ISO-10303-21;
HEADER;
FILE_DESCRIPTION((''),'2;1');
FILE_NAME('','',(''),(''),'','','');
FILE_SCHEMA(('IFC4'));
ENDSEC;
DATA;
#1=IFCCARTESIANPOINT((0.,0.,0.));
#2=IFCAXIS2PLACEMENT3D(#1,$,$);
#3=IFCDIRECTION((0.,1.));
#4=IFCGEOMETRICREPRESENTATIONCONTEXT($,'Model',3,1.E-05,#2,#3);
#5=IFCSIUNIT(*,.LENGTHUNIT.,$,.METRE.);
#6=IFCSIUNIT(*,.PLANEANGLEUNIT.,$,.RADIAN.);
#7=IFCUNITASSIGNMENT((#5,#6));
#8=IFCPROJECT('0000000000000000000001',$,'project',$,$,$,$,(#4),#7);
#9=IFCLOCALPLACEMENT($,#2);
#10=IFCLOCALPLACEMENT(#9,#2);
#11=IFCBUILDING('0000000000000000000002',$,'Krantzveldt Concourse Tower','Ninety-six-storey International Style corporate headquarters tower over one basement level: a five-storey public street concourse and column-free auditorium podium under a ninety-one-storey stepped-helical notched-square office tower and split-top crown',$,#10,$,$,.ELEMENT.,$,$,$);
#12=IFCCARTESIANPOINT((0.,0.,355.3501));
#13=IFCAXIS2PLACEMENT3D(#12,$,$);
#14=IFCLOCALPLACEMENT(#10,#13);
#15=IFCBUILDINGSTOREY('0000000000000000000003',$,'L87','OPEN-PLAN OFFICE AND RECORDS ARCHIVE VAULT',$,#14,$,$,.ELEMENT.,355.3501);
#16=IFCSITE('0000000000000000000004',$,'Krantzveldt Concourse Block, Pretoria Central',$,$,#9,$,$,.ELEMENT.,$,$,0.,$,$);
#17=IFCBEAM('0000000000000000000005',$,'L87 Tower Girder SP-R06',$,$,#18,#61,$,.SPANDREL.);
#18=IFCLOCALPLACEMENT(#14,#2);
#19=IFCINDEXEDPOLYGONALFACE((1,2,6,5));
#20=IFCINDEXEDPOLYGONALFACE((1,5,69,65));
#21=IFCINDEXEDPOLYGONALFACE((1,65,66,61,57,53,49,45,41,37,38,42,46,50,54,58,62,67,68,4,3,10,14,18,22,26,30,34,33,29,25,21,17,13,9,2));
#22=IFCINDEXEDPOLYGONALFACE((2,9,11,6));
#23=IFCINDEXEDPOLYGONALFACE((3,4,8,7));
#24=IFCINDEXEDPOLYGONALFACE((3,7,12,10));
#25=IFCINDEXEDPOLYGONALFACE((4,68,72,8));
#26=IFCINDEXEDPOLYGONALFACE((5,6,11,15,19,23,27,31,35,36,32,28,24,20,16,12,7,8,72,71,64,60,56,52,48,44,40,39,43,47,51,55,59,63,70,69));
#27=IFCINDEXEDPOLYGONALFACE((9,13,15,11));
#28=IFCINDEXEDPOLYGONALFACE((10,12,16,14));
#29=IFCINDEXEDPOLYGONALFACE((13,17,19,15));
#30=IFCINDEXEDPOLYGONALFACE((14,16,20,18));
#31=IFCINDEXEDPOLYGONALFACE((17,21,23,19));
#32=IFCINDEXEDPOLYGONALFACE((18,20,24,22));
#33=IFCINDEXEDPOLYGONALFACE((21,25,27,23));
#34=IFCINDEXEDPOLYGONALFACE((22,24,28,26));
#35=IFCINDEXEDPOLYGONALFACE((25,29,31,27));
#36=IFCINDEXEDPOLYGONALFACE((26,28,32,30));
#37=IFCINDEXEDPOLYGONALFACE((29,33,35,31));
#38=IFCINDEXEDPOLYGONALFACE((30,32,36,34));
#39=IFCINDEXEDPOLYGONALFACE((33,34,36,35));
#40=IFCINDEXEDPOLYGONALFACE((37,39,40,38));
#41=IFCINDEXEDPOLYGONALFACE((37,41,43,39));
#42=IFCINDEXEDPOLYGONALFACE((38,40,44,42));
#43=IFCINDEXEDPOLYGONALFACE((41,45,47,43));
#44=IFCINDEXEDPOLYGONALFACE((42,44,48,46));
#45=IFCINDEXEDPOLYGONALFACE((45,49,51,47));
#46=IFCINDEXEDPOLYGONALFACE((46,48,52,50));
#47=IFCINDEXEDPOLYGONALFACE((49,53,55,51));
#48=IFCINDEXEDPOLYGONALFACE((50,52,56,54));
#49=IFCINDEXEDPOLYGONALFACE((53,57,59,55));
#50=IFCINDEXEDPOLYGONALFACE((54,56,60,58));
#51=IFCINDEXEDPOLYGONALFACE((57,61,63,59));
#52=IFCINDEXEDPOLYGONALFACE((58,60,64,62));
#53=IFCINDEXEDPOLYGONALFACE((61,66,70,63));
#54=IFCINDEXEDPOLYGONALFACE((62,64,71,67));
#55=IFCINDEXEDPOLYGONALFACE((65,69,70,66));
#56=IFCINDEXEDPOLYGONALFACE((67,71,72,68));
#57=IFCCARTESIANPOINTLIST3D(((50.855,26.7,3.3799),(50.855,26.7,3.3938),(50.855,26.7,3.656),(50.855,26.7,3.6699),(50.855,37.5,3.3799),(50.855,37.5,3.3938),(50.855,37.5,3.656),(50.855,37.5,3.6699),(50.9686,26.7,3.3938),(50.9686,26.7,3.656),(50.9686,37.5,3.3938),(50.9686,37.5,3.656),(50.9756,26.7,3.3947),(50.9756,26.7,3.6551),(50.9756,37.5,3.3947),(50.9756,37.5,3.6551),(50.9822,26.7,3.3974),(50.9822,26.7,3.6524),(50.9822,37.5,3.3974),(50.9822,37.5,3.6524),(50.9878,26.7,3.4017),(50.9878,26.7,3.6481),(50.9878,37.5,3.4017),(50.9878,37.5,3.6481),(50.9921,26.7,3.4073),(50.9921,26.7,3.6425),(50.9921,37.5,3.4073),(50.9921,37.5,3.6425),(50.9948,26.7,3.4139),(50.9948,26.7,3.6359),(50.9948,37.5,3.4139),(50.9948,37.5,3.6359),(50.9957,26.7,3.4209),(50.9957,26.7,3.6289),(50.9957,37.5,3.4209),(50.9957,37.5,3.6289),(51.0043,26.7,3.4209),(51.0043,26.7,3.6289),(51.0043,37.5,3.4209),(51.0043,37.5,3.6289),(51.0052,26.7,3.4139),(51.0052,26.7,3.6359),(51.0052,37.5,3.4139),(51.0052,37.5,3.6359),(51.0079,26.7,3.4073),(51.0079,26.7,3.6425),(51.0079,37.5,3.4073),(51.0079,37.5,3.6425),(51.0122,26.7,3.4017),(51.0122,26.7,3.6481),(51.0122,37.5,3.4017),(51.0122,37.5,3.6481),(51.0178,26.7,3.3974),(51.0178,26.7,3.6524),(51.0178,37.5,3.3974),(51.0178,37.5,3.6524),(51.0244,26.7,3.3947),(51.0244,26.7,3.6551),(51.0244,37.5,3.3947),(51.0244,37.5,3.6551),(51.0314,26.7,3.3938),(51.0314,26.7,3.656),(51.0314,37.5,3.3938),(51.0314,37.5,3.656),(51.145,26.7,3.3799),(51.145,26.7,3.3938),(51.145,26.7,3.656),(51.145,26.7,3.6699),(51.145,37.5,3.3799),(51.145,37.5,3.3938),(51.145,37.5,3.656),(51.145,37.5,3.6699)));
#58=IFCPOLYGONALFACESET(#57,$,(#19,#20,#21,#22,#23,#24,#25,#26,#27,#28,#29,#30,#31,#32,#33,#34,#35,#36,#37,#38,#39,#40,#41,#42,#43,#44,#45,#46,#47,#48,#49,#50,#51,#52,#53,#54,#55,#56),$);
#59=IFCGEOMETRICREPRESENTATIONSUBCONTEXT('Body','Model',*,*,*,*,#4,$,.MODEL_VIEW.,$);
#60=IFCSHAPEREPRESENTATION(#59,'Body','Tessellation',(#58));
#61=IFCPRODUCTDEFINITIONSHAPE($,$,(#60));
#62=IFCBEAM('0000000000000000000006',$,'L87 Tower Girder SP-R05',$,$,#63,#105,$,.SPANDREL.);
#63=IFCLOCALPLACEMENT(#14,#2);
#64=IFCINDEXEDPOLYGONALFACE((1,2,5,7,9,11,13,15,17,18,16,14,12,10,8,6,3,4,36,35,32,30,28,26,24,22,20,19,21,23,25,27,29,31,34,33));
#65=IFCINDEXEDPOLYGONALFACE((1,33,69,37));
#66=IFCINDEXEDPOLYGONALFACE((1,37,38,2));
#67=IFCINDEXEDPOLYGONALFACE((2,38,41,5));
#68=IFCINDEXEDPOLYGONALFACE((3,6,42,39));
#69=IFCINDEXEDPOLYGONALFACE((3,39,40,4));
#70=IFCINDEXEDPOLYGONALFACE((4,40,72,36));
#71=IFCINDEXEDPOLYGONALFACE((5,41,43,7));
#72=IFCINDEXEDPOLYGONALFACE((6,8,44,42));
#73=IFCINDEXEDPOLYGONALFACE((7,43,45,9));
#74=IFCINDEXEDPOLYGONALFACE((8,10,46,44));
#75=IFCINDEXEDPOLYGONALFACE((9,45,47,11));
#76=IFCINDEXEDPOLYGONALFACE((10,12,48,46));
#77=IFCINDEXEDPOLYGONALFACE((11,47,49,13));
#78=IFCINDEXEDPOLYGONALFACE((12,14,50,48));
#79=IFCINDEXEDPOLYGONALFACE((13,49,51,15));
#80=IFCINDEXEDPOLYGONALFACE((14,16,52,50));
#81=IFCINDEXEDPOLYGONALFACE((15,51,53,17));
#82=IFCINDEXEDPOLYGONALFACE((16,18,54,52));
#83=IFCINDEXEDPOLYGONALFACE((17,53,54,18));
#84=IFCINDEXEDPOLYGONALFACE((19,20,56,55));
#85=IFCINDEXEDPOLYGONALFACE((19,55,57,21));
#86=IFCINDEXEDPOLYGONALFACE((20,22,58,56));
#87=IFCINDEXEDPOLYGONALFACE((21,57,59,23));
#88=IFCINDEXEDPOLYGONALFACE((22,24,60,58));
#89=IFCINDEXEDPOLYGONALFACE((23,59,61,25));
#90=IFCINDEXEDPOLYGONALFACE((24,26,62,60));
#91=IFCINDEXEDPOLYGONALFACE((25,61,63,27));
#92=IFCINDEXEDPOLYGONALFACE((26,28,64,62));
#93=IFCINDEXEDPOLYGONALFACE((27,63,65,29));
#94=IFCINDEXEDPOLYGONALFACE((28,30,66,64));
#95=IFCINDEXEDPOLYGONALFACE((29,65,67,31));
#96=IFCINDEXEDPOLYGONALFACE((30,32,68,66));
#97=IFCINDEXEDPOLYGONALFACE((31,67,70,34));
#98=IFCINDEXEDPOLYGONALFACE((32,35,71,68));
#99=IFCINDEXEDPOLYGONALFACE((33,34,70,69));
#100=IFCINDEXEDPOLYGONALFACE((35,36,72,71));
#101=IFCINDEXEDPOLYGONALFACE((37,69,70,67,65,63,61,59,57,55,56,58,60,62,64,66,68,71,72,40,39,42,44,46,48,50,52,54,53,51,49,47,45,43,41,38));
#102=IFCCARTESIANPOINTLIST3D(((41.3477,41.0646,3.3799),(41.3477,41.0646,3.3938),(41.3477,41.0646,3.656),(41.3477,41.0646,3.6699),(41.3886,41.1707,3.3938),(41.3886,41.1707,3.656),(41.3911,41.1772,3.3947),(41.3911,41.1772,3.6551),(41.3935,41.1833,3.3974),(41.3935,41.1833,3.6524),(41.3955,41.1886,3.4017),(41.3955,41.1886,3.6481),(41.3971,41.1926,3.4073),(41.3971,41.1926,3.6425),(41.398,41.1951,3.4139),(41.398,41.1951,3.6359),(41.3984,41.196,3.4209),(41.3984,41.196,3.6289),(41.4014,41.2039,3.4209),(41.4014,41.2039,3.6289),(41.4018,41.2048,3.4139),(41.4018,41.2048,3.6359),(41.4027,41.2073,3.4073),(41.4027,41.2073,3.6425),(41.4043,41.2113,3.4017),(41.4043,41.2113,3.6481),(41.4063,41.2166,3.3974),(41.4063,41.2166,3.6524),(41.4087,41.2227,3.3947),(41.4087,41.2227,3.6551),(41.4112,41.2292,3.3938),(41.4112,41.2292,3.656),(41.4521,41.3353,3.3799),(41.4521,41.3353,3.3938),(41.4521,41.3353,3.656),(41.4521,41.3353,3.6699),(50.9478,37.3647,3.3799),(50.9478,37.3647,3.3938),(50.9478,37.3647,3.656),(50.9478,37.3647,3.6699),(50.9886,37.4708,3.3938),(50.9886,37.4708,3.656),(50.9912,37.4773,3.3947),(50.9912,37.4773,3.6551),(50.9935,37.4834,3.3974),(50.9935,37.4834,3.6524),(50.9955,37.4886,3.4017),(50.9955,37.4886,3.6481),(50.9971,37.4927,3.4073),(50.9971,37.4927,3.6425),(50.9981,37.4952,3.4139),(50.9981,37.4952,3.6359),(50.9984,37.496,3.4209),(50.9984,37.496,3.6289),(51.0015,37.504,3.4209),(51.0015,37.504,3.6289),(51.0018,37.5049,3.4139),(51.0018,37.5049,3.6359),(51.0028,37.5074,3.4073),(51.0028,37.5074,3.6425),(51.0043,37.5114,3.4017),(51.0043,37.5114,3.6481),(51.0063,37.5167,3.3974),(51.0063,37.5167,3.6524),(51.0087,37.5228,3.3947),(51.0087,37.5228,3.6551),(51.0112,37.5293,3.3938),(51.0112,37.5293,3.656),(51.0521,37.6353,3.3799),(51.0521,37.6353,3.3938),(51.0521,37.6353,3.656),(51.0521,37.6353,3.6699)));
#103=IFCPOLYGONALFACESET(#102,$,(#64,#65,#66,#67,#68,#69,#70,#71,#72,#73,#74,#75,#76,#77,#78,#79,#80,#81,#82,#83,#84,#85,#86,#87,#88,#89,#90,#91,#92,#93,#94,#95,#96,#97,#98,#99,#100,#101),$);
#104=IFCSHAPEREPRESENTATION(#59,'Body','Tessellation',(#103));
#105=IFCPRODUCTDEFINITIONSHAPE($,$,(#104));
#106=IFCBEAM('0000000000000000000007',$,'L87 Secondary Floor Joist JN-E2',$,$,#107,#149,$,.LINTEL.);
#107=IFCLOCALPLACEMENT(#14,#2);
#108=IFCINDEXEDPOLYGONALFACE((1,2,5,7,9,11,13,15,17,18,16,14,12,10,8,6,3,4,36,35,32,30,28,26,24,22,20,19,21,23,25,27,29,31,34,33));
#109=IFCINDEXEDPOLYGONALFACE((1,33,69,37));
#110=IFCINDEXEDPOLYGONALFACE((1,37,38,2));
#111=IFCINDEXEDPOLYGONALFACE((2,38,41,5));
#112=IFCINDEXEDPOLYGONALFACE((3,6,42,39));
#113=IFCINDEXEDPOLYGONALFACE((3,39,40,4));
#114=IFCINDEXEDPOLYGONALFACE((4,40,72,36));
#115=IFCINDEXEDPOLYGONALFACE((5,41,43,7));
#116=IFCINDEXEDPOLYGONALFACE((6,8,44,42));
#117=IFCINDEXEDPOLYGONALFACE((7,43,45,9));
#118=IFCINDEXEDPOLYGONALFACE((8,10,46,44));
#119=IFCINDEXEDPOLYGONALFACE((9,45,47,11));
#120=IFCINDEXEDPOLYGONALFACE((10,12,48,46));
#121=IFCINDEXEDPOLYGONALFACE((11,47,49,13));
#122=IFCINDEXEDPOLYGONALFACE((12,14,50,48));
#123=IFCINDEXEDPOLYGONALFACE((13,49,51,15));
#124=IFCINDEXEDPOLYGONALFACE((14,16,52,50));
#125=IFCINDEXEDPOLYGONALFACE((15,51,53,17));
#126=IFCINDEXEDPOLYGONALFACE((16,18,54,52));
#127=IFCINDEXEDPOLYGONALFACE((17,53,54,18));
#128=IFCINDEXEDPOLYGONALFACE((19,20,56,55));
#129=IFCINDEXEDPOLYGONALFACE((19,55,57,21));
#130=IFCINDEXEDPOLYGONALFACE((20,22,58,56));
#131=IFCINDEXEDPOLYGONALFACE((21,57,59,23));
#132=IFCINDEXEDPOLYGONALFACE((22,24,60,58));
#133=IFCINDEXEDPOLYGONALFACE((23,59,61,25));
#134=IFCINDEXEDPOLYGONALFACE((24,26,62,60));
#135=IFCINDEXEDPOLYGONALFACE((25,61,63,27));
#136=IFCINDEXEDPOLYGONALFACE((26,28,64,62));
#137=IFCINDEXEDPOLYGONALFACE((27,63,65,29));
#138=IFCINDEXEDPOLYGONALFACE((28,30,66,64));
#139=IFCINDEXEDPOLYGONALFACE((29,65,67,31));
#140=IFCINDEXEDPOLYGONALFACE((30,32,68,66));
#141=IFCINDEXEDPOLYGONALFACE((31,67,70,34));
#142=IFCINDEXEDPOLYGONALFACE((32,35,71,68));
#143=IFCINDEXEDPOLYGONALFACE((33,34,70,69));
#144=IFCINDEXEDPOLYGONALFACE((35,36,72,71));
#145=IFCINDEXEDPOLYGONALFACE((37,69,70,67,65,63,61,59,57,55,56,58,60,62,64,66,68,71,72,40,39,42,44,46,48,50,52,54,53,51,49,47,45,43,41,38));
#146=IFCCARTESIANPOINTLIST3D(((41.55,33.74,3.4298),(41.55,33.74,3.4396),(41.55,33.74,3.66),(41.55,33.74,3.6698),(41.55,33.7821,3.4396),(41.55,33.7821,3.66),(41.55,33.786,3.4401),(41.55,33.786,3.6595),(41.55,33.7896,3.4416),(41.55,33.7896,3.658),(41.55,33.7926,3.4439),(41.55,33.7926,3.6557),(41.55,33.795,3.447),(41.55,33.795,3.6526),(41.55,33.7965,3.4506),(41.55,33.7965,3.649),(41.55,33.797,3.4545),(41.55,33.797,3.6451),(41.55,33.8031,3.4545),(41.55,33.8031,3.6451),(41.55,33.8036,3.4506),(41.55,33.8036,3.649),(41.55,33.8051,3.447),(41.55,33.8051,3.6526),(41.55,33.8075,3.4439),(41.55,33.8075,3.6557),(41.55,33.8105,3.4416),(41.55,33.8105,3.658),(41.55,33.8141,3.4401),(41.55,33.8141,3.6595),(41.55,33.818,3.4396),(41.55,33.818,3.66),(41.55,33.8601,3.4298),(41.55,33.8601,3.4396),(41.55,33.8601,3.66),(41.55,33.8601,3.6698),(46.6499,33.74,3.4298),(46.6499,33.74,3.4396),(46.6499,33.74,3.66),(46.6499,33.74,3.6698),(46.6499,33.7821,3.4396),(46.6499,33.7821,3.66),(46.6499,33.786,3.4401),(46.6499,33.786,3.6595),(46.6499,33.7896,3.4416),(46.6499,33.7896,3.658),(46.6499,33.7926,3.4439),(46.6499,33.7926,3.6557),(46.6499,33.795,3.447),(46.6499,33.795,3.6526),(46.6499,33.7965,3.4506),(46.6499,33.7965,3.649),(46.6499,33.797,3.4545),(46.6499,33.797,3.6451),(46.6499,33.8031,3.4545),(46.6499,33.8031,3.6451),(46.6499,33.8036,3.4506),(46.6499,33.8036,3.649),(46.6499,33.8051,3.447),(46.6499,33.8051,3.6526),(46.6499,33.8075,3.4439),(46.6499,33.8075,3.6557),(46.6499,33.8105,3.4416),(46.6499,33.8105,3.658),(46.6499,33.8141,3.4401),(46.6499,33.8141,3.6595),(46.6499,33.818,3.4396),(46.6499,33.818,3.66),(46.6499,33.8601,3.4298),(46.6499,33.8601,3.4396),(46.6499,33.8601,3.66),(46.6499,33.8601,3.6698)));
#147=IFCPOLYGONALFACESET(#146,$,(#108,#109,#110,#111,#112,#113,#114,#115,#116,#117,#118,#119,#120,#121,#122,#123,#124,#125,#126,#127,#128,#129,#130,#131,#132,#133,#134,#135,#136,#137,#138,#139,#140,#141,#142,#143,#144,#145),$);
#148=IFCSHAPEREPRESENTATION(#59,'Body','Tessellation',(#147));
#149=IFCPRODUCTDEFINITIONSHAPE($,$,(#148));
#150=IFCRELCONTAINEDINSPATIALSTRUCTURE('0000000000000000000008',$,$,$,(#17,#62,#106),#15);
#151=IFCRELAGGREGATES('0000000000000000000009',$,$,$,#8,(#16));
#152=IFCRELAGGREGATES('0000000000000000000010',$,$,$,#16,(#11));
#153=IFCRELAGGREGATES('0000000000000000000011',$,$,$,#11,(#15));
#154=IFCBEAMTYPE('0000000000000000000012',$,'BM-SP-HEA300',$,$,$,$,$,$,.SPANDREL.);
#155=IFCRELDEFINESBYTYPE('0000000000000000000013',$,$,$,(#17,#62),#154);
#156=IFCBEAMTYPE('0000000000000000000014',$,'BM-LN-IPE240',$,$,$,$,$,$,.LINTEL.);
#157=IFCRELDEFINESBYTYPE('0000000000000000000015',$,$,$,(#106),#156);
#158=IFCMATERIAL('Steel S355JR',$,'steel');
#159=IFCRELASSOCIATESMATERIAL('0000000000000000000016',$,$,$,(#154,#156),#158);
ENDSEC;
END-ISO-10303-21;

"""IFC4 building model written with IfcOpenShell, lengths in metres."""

from ifc_helpers import new_model, si_unit, direction, frame, origin, origin_2d, place, context, subcontext, project, spatial, i_section, extrude, source, transform, mapped, material, material_profile, profile_set, type_object, type_shapes, element, save


model = new_model("IFC4")

# Units and contexts
model_context = context("Model", 3, precision=1e-05, world=origin(), true_north=direction((0.0, 1.0)))
body_context = subcontext(model_context, "Body", "Model", "MODEL_VIEW")
ifc_project = project(units=[si_unit("LENGTHUNIT", "METRE"), si_unit("PLANEANGLEUNIT", "RADIAN")], contexts=[model_context])

# Site, building, storey
site_placement = place(None, origin())
site = spatial("IfcSite", under=ifc_project, at=site_placement, Name="Krantzveldt Concourse Block, Pretoria Central", CompositionType="ELEMENT", RefElevation=0.0)
building_placement = place(site_placement, origin())
building = spatial("IfcBuilding", under=site, at=building_placement, Name="Krantzveldt Concourse Tower", Description="Ninety-six-storey International Style corporate headquarters tower over one basement level: a five-storey public street concourse and column-free auditorium podium under a ninety-one-storey stepped-helical notched-square office tower and split-top crown", CompositionType="ELEMENT")
storey_placement = place(building_placement, frame((0.0, 0.0, 355.3501)))
storey = spatial("IfcBuildingStorey", under=building, at=storey_placement, Name="L87", Description="OPEN-PLAN OFFICE AND RECORDS ARCHIVE VAULT", CompositionType="ELEMENT", Elevation=355.3501)

# Beams
ifc_material_1 = material(Name="Steel S355JR", Category="steel")
ifc_material_profile_1 = material_profile(ifc_material_1, i_section(OverallWidth=0.29, OverallDepth=0.29, WebThickness=0.0085, FlangeThickness=0.0139, FilletRadius=0.0271, at=origin_2d()), Name="Steel S355JR", Category="steel")
ifc_profile_set_1 = profile_set([ifc_material_profile_1], Name="Steel S355JR - HEA 300")
beam_type_1 = type_object("IfcBeamType", Name="BM-SP-HEA300", PredefinedType="SPANDREL", material=ifc_profile_set_1)
shared_shape_1 = source(origin(), body_context, "Body", "SweptSolid", [
    extrude(i_section(OverallWidth=0.29, OverallDepth=0.29, WebThickness=0.0085, FlangeThickness=0.0139, FilletRadius=0.0271, at=origin_2d()), origin(), (0.0, 0.0, 1.0), 10.8),
])
beam_1_placement = place(storey_placement, frame((51.0, 37.5, 3.5249), z_axis=(0.0, -1.0, 0.0), x_axis=(1.0, 0.0, 0.0)))
element("IfcBeam", 1, at=beam_1_placement, inside=storey, type_object=beam_type_1, Name="L87 Tower Girder SP-R06", PredefinedType="SPANDREL", context=body_context, shape_type="MappedRepresentation", body=[
    mapped(shared_shape_1, transform((0.0, 0.0, 0.0), x_axis=(1.0, 0.0, 0.0), y_axis=(0.0, 1.0, 0.0), z_axis=(0.0, 0.0, 1.0), scale=1.0)),
])
shared_shape_2 = source(origin(), body_context, "Body", "SweptSolid", [
    extrude(i_section(OverallWidth=0.29, OverallDepth=0.29, WebThickness=0.0085, FlangeThickness=0.0139, FilletRadius=0.0271, at=origin_2d()), origin(), (0.0, 0.0, 1.0), 10.2883),
])
type_shapes(beam_type_1, [shared_shape_1, shared_shape_2])
beam_2_placement = place(storey_placement, frame((41.3999, 41.2, 3.5249), z_axis=(0.933098, -0.359623, 0.0), x_axis=(0.359623, 0.933098, 0.0)))
element("IfcBeam", 2, at=beam_2_placement, inside=storey, type_object=beam_type_1, Name="L87 Tower Girder SP-R05", PredefinedType="SPANDREL", context=body_context, shape_type="MappedRepresentation", body=[
    mapped(shared_shape_2, transform((0.0, 0.0, 0.0), x_axis=(1.0, 0.0, 0.0), y_axis=(0.0, 1.0, 0.0), z_axis=(0.0, 0.0, 1.0), scale=1.0)),
])
ifc_material_profile_2 = material_profile(ifc_material_1, i_section(OverallWidth=0.1201, OverallDepth=0.24, WebThickness=0.0061, FlangeThickness=0.0098, FilletRadius=0.0149, at=origin_2d()), Name="Steel S355JR", Category="steel")
ifc_profile_set_2 = profile_set([ifc_material_profile_2], Name="Steel S355JR - IPE 240")
beam_type_2 = type_object("IfcBeamType", Name="BM-LN-IPE240", PredefinedType="LINTEL", material=ifc_profile_set_2)
shared_shape_3 = source(origin(), body_context, "Body", "SweptSolid", [
    extrude(i_section(OverallWidth=0.1201, OverallDepth=0.24, WebThickness=0.0061, FlangeThickness=0.0098, FilletRadius=0.0149, at=origin_2d()), origin(), (0.0, 0.0, 1.0), 5.0999),
])
type_shapes(beam_type_2, [shared_shape_3])
beam_3_placement = place(storey_placement, frame((41.55, 33.8, 3.5498), z_axis=(1.0, 0.0, 0.0), x_axis=(0.0, 1.0, 0.0)))
element("IfcBeam", 3, at=beam_3_placement, inside=storey, type_object=beam_type_2, Name="L87 Secondary Floor Joist JN-E2", PredefinedType="LINTEL", context=body_context, shape_type="MappedRepresentation", body=[
    mapped(shared_shape_3, transform((0.0, 0.0, 0.0), x_axis=(1.0, 0.0, 0.0), y_axis=(0.0, 1.0, 0.0), z_axis=(0.0, 0.0, 1.0), scale=1.0)),
])

save(model, "model.ifc")
